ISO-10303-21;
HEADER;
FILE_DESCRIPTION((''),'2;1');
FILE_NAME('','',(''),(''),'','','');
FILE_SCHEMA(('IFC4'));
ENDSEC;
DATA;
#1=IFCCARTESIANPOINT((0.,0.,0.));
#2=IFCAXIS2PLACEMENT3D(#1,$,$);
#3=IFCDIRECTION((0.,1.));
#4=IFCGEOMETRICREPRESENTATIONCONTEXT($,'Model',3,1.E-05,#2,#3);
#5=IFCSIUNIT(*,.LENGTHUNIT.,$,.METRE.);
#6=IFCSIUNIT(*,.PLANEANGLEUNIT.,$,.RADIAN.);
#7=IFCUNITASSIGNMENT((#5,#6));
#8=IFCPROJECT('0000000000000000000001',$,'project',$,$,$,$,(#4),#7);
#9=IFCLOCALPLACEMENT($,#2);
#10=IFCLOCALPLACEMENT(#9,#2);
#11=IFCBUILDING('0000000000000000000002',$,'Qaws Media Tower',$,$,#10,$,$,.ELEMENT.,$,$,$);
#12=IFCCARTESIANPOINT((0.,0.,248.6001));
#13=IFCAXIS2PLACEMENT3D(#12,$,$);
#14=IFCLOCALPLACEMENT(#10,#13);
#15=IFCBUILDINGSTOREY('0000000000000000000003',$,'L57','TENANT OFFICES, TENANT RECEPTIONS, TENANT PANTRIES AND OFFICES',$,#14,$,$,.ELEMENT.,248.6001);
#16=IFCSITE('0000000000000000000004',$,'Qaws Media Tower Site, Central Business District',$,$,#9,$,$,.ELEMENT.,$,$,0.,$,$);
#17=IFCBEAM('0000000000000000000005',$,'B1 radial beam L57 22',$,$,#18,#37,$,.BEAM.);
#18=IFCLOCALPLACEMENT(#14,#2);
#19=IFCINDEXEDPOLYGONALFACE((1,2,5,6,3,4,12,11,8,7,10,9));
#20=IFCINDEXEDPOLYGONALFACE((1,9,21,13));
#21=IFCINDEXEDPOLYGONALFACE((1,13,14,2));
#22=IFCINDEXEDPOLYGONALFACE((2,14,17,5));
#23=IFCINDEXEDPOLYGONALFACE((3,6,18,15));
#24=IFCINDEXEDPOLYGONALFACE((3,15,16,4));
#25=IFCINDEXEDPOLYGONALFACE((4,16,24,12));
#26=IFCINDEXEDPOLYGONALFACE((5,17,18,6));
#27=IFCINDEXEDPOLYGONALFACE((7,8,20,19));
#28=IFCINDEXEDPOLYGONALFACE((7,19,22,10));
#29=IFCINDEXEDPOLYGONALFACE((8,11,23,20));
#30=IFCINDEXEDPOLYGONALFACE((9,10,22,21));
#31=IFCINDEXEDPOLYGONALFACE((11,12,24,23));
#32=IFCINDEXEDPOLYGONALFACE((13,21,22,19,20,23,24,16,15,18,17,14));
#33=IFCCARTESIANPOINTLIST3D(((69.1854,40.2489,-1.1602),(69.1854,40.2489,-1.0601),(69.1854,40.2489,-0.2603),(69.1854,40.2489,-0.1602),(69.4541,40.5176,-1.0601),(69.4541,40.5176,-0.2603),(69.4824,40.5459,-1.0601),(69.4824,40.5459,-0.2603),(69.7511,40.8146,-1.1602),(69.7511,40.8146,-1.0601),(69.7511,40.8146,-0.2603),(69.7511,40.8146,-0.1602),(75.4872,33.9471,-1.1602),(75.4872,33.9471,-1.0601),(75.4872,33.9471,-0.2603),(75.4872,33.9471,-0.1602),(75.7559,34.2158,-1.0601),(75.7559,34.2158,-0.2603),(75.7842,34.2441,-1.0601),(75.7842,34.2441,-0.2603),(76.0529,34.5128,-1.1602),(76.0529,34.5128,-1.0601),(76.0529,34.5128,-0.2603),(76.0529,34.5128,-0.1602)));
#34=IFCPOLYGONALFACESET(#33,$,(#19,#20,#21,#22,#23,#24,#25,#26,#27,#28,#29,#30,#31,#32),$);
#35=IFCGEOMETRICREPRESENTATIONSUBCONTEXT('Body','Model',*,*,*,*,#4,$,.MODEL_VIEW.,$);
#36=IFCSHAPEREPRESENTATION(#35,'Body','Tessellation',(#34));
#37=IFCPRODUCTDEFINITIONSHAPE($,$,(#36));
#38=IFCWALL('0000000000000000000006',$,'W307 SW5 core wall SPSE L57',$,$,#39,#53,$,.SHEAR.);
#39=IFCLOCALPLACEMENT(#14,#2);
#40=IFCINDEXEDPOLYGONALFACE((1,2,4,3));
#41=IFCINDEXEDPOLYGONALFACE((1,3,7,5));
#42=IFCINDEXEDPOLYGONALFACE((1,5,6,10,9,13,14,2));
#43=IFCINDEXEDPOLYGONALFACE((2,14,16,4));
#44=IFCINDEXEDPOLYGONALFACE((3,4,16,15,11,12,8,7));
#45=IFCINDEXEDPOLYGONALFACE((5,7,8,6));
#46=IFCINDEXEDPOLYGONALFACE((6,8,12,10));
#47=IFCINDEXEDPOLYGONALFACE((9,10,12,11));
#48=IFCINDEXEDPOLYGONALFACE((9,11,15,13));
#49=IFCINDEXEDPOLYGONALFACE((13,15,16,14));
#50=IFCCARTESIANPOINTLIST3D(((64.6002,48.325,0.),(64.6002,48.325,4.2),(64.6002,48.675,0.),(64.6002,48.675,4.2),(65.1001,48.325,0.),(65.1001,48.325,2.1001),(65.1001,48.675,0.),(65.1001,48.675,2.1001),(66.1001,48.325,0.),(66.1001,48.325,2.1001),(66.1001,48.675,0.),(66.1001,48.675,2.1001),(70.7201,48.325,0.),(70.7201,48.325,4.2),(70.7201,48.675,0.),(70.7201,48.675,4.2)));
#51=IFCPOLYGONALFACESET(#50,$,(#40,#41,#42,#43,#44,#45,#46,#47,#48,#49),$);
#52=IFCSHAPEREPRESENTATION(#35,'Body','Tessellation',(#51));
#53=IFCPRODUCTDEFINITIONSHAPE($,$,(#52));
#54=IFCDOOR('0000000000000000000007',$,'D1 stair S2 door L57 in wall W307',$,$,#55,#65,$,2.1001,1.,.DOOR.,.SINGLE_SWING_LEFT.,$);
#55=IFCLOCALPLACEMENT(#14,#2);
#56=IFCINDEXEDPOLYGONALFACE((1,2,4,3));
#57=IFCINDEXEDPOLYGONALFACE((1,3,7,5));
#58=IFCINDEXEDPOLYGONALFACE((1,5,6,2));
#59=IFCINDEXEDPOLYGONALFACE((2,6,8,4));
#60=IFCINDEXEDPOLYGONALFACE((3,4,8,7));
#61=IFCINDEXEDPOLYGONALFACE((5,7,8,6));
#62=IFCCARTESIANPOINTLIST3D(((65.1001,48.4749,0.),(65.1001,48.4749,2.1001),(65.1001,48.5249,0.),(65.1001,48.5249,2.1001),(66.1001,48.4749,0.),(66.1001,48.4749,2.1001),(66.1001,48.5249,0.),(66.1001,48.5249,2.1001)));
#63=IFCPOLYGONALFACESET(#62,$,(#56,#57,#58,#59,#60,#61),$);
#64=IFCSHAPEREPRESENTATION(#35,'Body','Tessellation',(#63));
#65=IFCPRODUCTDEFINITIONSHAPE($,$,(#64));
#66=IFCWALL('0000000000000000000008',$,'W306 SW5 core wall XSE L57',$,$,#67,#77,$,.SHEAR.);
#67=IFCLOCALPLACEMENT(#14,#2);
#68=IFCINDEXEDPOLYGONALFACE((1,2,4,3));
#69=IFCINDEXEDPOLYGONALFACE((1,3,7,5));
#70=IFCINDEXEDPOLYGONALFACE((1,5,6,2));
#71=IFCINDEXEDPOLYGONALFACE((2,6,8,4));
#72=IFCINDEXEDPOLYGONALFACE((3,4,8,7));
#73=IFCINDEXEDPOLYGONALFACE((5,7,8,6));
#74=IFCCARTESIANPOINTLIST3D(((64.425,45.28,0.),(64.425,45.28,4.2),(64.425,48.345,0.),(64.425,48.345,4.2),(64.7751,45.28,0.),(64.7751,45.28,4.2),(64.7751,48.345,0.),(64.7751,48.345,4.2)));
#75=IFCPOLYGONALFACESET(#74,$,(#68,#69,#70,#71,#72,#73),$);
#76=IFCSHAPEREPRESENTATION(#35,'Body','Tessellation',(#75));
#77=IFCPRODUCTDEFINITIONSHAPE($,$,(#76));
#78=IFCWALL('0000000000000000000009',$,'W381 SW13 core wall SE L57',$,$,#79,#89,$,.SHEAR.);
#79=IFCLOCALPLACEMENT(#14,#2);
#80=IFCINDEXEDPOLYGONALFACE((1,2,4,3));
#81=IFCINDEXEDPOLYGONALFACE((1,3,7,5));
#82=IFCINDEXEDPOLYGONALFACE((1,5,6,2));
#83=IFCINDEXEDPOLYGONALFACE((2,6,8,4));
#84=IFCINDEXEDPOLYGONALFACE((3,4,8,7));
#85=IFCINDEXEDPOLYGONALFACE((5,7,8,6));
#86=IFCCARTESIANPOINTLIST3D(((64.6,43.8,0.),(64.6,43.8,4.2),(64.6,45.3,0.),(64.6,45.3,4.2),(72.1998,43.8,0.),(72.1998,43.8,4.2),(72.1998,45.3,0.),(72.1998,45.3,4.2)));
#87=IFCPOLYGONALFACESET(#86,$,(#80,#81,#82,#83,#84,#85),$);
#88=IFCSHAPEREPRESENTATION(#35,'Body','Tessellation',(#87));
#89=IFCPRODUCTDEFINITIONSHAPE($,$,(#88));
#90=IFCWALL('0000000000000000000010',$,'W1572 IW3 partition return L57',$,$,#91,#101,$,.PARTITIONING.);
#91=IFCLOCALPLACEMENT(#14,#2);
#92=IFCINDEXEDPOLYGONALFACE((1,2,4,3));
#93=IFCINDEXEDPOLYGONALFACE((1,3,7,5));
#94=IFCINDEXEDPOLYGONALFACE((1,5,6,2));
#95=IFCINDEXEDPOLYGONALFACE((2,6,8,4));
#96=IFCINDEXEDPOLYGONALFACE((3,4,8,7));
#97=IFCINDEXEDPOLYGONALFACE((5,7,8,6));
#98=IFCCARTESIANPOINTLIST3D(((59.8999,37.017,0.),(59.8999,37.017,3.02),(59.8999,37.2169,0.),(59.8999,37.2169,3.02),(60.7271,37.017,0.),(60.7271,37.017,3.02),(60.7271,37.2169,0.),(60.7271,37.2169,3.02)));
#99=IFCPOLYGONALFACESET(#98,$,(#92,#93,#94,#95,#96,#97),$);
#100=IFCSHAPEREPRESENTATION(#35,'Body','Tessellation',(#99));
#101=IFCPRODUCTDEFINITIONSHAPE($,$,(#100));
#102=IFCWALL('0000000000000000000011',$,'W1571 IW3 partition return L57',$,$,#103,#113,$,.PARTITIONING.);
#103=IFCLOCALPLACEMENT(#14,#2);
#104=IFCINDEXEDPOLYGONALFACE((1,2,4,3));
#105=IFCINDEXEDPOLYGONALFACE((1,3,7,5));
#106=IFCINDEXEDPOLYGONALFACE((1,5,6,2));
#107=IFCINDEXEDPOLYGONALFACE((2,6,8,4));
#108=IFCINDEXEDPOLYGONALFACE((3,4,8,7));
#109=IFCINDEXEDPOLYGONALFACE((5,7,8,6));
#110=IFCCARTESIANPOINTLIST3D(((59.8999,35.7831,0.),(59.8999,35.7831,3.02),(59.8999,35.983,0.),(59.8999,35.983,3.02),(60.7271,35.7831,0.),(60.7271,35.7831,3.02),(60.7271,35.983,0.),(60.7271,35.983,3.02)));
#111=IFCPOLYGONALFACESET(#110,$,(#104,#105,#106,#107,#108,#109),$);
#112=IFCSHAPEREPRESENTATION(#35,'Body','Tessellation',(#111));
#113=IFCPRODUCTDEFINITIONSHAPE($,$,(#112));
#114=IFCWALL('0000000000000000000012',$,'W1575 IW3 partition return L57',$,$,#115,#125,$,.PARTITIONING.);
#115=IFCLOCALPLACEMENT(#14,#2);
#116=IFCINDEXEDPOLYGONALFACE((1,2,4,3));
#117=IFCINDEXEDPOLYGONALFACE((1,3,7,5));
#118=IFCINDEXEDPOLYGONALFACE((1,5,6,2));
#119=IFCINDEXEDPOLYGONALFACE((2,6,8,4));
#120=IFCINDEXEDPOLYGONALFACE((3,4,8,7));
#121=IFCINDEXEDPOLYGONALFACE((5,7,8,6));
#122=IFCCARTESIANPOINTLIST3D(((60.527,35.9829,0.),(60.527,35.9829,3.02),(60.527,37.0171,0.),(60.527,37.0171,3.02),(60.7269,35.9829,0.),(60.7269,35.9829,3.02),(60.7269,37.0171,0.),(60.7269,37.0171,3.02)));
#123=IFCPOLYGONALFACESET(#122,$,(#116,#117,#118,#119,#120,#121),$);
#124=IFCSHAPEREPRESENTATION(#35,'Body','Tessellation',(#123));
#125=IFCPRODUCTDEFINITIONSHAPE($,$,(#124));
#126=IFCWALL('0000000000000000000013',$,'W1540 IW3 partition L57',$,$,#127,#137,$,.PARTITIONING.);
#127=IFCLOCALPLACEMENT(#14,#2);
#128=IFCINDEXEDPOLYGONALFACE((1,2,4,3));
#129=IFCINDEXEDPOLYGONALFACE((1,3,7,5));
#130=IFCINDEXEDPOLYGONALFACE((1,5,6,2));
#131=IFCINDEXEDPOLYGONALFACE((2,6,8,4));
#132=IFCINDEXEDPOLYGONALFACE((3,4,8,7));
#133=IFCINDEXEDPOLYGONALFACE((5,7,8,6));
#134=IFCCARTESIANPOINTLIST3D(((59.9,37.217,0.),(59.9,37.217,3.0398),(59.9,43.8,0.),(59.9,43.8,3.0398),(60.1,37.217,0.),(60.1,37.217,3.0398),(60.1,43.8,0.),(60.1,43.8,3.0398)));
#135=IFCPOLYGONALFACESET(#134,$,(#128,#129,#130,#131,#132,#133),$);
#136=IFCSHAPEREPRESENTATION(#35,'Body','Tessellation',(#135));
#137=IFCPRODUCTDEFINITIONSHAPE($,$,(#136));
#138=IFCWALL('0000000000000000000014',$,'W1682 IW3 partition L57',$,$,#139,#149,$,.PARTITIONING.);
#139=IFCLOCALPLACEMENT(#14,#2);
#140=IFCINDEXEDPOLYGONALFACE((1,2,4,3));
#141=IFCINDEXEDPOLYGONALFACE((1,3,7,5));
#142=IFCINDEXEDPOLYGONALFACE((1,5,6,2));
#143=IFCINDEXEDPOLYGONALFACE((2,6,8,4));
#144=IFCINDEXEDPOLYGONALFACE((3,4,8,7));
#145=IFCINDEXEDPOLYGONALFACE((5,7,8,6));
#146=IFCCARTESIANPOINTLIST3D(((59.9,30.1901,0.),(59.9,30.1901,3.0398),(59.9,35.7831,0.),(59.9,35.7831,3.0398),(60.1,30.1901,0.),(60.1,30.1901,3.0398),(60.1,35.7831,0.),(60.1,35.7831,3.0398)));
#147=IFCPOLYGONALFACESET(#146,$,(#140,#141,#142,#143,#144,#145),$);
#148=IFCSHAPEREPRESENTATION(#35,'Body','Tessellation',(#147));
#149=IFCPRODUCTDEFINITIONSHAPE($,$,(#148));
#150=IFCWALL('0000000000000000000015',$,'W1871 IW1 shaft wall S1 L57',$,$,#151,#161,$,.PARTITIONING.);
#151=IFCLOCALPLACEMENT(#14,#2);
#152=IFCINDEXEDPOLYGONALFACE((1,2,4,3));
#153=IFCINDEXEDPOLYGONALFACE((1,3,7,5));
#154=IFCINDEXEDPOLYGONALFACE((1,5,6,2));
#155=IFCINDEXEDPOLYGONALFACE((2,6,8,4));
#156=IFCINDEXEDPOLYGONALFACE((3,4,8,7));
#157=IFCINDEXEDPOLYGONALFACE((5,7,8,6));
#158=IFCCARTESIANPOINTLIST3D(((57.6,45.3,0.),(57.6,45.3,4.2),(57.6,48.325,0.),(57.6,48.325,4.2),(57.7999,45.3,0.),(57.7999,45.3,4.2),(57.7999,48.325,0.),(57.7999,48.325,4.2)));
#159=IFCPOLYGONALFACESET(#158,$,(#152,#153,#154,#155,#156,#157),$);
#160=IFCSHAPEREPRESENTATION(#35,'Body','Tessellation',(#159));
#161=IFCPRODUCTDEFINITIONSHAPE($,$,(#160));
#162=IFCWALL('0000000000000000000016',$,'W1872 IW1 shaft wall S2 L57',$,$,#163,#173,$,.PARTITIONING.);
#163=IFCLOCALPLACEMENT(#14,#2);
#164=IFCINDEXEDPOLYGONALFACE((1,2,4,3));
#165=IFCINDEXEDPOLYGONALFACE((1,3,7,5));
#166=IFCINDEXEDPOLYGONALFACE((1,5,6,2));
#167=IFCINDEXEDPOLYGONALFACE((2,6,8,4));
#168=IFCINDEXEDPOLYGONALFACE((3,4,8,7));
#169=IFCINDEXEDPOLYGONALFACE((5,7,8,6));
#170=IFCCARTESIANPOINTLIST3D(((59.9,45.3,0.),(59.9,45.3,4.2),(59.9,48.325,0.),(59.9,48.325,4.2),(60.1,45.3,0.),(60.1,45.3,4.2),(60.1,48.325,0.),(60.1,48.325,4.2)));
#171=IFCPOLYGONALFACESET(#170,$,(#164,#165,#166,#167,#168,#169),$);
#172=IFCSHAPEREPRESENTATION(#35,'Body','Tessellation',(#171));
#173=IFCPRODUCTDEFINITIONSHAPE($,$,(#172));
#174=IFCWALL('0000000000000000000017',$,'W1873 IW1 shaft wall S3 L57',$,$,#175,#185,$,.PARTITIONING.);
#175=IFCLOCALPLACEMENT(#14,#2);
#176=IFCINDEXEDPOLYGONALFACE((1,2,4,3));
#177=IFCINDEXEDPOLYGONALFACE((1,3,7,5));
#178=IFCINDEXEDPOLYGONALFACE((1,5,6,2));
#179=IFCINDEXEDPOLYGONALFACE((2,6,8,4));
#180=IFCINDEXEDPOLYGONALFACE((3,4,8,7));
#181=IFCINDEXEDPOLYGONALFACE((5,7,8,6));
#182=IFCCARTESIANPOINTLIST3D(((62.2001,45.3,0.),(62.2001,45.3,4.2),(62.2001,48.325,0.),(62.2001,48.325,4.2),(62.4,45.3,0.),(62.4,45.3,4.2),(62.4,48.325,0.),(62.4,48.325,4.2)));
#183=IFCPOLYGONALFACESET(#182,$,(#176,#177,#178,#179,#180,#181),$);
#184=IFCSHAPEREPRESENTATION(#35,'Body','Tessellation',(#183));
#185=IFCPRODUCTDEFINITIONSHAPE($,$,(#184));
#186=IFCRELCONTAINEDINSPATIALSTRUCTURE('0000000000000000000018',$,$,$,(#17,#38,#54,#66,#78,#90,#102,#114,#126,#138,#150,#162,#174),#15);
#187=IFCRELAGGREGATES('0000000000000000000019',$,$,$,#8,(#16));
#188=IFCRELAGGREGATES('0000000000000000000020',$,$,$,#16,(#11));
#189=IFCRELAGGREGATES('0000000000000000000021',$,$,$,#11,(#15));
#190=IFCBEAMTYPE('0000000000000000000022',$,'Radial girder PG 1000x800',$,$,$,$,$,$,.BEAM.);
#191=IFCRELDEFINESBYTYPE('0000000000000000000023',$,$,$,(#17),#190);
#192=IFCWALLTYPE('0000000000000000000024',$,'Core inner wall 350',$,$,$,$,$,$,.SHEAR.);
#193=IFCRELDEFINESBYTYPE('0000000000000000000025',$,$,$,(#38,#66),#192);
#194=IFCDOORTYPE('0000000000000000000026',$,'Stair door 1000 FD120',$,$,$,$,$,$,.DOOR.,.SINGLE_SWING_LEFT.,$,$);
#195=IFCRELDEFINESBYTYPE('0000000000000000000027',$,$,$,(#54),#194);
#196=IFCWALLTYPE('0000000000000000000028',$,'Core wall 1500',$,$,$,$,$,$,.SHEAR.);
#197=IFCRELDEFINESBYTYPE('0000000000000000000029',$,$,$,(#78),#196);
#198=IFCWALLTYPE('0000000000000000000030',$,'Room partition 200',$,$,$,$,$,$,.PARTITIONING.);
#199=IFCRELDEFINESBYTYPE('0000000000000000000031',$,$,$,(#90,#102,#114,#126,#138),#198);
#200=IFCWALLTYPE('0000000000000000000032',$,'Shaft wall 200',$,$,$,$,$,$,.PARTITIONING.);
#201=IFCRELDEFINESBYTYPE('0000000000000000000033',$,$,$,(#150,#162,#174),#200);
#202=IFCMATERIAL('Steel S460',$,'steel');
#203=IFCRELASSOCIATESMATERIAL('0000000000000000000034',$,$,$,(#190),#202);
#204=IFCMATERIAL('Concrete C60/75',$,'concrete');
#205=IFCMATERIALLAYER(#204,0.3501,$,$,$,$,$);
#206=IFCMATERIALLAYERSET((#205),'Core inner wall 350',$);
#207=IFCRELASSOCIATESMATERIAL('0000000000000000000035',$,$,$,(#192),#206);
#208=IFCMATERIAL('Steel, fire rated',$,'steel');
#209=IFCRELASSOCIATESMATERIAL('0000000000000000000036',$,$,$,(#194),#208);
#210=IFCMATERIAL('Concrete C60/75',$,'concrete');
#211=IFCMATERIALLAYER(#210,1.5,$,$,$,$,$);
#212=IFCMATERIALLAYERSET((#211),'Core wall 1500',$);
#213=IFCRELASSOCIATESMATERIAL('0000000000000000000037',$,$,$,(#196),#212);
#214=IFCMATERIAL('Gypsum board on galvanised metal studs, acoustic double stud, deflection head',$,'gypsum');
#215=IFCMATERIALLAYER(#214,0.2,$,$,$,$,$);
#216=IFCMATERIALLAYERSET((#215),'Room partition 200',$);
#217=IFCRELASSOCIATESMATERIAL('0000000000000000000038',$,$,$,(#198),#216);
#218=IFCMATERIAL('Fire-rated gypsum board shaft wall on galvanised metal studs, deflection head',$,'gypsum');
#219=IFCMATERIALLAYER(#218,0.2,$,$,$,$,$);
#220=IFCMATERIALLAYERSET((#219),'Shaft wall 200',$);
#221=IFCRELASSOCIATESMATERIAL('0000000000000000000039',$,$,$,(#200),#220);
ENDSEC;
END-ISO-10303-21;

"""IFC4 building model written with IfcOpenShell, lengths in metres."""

from ifc_helpers import new_model, si_unit, direction, frame, frame_2d, origin, origin_2d, place, context, subcontext, project, spatial, rectangle, i_section, extrude, material, layer, layer_set, material_profile, profile_set, type_object, element, fill, save


model = new_model("IFC4")

# Units and contexts
model_context = context("Model", 3, precision=1e-05, world=origin(), true_north=direction((0.0, 1.0)))
body_context = subcontext(model_context, "Body", "Model", "MODEL_VIEW")
ifc_project = project(units=[si_unit("LENGTHUNIT", "METRE"), si_unit("PLANEANGLEUNIT", "RADIAN")], contexts=[model_context])

# Site, building, storey
site_placement = place(None, origin())
site = spatial("IfcSite", under=ifc_project, at=site_placement, Name="Qaws Media Tower Site, Central Business District", CompositionType="ELEMENT", RefElevation=0.0)
building_placement = place(site_placement, origin())
building = spatial("IfcBuilding", under=site, at=building_placement, Name="Qaws Media Tower", CompositionType="ELEMENT")
storey_placement = place(building_placement, frame((0.0, 0.0, 248.6001)))
storey = spatial("IfcBuildingStorey", under=building, at=storey_placement, Name="L57", Description="TENANT OFFICES, TENANT RECEPTIONS, TENANT PANTRIES AND OFFICES", CompositionType="ELEMENT", Elevation=248.6001)

# Beam
ifc_material_1 = material(Name="Steel S460", Category="steel")
ifc_material_profile_1 = material_profile(ifc_material_1, i_section(OverallWidth=0.8, OverallDepth=1.0, WebThickness=0.04, FlangeThickness=0.1001, at=origin_2d()), Name="PG 1000x800")
ifc_profile_set_1 = profile_set([ifc_material_profile_1], Name="Steel S460")
beam_type_1 = type_object("IfcBeamType", Name="Radial girder PG 1000x800", PredefinedType="BEAM", material=ifc_profile_set_1)
beam_1_placement = place(storey_placement, frame((69.4683, 40.5317, -0.6602), z_axis=(0.707107, -0.707107, 0.0), x_axis=(0.707107, 0.707107, 0.0)))
element("IfcBeam", 1, at=beam_1_placement, inside=storey, type_object=beam_type_1, Name="B1 radial beam L57 22", PredefinedType="BEAM", context=body_context, shape_type="SweptSolid", body=[
    extrude(i_section(OverallWidth=0.8, OverallDepth=1.0, WebThickness=0.04, FlangeThickness=0.1001, at=origin_2d()), origin(), (0.0, 0.0, 1.0), 8.9121),
])

# Wall, opening, door
ifc_material_2 = material(Name="Concrete C60/75", Category="concrete")
ifc_layer_1 = layer(ifc_material_2, 0.3501)
ifc_layer_set_1 = layer_set([ifc_layer_1], Name="Core inner wall 350")
wall_type_1 = type_object("IfcWallType", Name="Core inner wall 350", PredefinedType="SHEAR", material=ifc_layer_set_1)
wall_1_placement = place(storey_placement, frame((64.6001, 48.5, 0.0), z_axis=(0.0, 0.0, 1.0), x_axis=(1.0, 0.0, 0.0)))
wall_1 = element("IfcWall", 2, at=wall_1_placement, inside=storey, type_object=wall_type_1, Name="W307 SW5 core wall SPSE L57", PredefinedType="SHEAR", context=body_context, shape_type="SweptSolid", body=[
    extrude(rectangle(XDim=6.1199, YDim=0.3501, at=frame_2d((3.0601, 0.0))), origin(), (0.0, 0.0, 1.0), 4.2),
])
opening_placement = place(wall_1_placement, frame((0.5, 0.0, 0.0)))
opening = element("IfcOpeningElement", 3, at=opening_placement, cuts=wall_1, PredefinedType="OPENING", context=body_context, shape_type="SweptSolid", body=[
    extrude(rectangle(XDim=1.0, YDim=2.1001, at=frame_2d((0.5, 1.05))), frame((0.0, 0.1851, 0.0), z_axis=(0.0, -1.0, 0.0), x_axis=(1.0, 0.0, 0.0)), (0.0, 0.0, 1.0), 0.3701),
])
ifc_material_3 = material(Name="Steel, fire rated", Category="steel")
door_type = type_object("IfcDoorType", Name="Stair door 1000 FD120", OperationType="SINGLE_SWING_LEFT", PredefinedType="DOOR", material=ifc_material_3)
door_placement = place(opening_placement, origin())
door = element("IfcDoor", 4, at=door_placement, inside=storey, type_object=door_type, Name="D1 stair S2 door L57 in wall W307", OperationType="SINGLE_SWING_LEFT", OverallHeight=2.1001, OverallWidth=1.0, PredefinedType="DOOR", context=body_context, shape_type="SweptSolid", body=[
    extrude(rectangle(XDim=1.0, YDim=2.1001, at=frame_2d((0.5, 1.05))), frame((0.0, 0.0249, 0.0), z_axis=(0.0, -1.0, 0.0), x_axis=(1.0, 0.0, 0.0)), (0.0, 0.0, 1.0), 0.05),
])
fill(opening, door)

# Walls
wall_2_placement = place(storey_placement, frame((64.6001, 48.345, 0.0), z_axis=(0.0, 0.0, 1.0), x_axis=(0.0, -1.0, 0.0)))
element("IfcWall", 5, at=wall_2_placement, inside=storey, type_object=wall_type_1, Name="W306 SW5 core wall XSE L57", PredefinedType="SHEAR", context=body_context, shape_type="SweptSolid", body=[
    extrude(rectangle(XDim=3.0649, YDim=0.3501, at=frame_2d((1.5325, 0.0))), origin(), (0.0, 0.0, 1.0), 4.2),
])
ifc_material_4 = material(Name="Concrete C60/75", Category="concrete")
ifc_layer_2 = layer(ifc_material_4, 1.5)
ifc_layer_set_2 = layer_set([ifc_layer_2], Name="Core wall 1500")
wall_type_2 = type_object("IfcWallType", Name="Core wall 1500", PredefinedType="SHEAR", material=ifc_layer_set_2)
wall_3_placement = place(storey_placement, frame((64.6001, 44.55, 0.0), z_axis=(0.0, 0.0, 1.0), x_axis=(1.0, 0.0, 0.0)))
element("IfcWall", 6, at=wall_3_placement, inside=storey, type_object=wall_type_2, Name="W381 SW13 core wall SE L57", PredefinedType="SHEAR", context=body_context, shape_type="SweptSolid", body=[
    extrude(rectangle(XDim=7.5999, YDim=1.5, at=frame_2d((3.7998, 0.0))), origin(), (0.0, 0.0, 1.0), 4.2),
])
ifc_material_5 = material(Name="Gypsum board on galvanised metal studs, acoustic double stud, deflection head", Category="gypsum")
ifc_layer_3 = layer(ifc_material_5, 0.2)
ifc_layer_set_3 = layer_set([ifc_layer_3], Name="Room partition 200")
wall_type_3 = type_object("IfcWallType", Name="Room partition 200", PredefinedType="PARTITIONING", material=ifc_layer_set_3)
for number, where, z_axis, x_axis, name in (
    (7, (59.8999, 37.1169, 0.0), (0.0, 0.0, 1.0), (1.0, 0.0, 0.0), "W1572 IW3 partition return L57"),
    (8, (59.8999, 35.8831, 0.0), (0.0, 0.0, 1.0), (1.0, 0.0, 0.0), "W1571 IW3 partition return L57"),
):
    element("IfcWall", number, at=place(storey_placement, frame(where, z_axis=z_axis, x_axis=x_axis)), inside=storey, type_object=wall_type_3, Name=name, PredefinedType="PARTITIONING", context=body_context, shape_type="SweptSolid", body=[
        extrude(rectangle(XDim=0.8271, YDim=0.2, at=frame_2d((0.4136, 0.0))), origin(), (0.0, 0.0, 1.0), 3.02),
    ])
wall_4_placement = place(storey_placement, frame((60.627, 37.0171, 0.0), z_axis=(0.0, 0.0, 1.0), x_axis=(0.0, -1.0, 0.0)))
element("IfcWall", 9, at=wall_4_placement, inside=storey, type_object=wall_type_3, Name="W1575 IW3 partition return L57", PredefinedType="PARTITIONING", context=body_context, shape_type="SweptSolid", body=[
    extrude(rectangle(XDim=1.0342, YDim=0.2, at=frame_2d((0.5171, 0.0))), origin(), (0.0, 0.0, 1.0), 3.02),
])
wall_5_placement = place(storey_placement, frame((60.0, 43.8, 0.0), z_axis=(0.0, 0.0, 1.0), x_axis=(0.0, -1.0, 0.0)))
element("IfcWall", 10, at=wall_5_placement, inside=storey, type_object=wall_type_3, Name="W1540 IW3 partition L57", PredefinedType="PARTITIONING", context=body_context, shape_type="SweptSolid", body=[
    extrude(rectangle(XDim=6.583, YDim=0.2, at=frame_2d((3.2915, 0.0))), origin(), (0.0, 0.0, 1.0), 3.0398),
])
wall_6_placement = place(storey_placement, frame((60.0, 35.783, 0.0), z_axis=(0.0, 0.0, 1.0), x_axis=(0.0, -1.0, 0.0)))
element("IfcWall", 11, at=wall_6_placement, inside=storey, type_object=wall_type_3, Name="W1682 IW3 partition L57", PredefinedType="PARTITIONING", context=body_context, shape_type="SweptSolid", body=[
    extrude(rectangle(XDim=5.593, YDim=0.2, at=frame_2d((2.7964, 0.0))), origin(), (0.0, 0.0, 1.0), 3.0398),
])
ifc_material_6 = material(Name="Fire-rated gypsum board shaft wall on galvanised metal studs, deflection head", Category="gypsum")
ifc_layer_4 = layer(ifc_material_6, 0.2)
ifc_layer_set_4 = layer_set([ifc_layer_4], Name="Shaft wall 200")
wall_type_4 = type_object("IfcWallType", Name="Shaft wall 200", PredefinedType="PARTITIONING", material=ifc_layer_set_4)
for number, where, z_axis, x_axis, name in (
    (12, (57.7, 45.3, 0.0), (0.0, 0.0, 1.0), (0.0, 1.0, 0.0), "W1871 IW1 shaft wall S1 L57"),
    (13, (60.0, 45.3, 0.0), (0.0, 0.0, 1.0), (0.0, 1.0, 0.0), "W1872 IW1 shaft wall S2 L57"),
    (14, (62.3, 45.3, 0.0), (0.0, 0.0, 1.0), (0.0, 1.0, 0.0), "W1873 IW1 shaft wall S3 L57"),
):
    element("IfcWall", number, at=place(storey_placement, frame(where, z_axis=z_axis, x_axis=x_axis)), inside=storey, type_object=wall_type_4, Name=name, PredefinedType="PARTITIONING", context=body_context, shape_type="SweptSolid", body=[
        extrude(rectangle(XDim=3.0249, YDim=0.2, at=frame_2d((1.5125, 0.0))), origin(), (0.0, 0.0, 1.0), 4.2),
    ])

save(model, "model.ifc")
